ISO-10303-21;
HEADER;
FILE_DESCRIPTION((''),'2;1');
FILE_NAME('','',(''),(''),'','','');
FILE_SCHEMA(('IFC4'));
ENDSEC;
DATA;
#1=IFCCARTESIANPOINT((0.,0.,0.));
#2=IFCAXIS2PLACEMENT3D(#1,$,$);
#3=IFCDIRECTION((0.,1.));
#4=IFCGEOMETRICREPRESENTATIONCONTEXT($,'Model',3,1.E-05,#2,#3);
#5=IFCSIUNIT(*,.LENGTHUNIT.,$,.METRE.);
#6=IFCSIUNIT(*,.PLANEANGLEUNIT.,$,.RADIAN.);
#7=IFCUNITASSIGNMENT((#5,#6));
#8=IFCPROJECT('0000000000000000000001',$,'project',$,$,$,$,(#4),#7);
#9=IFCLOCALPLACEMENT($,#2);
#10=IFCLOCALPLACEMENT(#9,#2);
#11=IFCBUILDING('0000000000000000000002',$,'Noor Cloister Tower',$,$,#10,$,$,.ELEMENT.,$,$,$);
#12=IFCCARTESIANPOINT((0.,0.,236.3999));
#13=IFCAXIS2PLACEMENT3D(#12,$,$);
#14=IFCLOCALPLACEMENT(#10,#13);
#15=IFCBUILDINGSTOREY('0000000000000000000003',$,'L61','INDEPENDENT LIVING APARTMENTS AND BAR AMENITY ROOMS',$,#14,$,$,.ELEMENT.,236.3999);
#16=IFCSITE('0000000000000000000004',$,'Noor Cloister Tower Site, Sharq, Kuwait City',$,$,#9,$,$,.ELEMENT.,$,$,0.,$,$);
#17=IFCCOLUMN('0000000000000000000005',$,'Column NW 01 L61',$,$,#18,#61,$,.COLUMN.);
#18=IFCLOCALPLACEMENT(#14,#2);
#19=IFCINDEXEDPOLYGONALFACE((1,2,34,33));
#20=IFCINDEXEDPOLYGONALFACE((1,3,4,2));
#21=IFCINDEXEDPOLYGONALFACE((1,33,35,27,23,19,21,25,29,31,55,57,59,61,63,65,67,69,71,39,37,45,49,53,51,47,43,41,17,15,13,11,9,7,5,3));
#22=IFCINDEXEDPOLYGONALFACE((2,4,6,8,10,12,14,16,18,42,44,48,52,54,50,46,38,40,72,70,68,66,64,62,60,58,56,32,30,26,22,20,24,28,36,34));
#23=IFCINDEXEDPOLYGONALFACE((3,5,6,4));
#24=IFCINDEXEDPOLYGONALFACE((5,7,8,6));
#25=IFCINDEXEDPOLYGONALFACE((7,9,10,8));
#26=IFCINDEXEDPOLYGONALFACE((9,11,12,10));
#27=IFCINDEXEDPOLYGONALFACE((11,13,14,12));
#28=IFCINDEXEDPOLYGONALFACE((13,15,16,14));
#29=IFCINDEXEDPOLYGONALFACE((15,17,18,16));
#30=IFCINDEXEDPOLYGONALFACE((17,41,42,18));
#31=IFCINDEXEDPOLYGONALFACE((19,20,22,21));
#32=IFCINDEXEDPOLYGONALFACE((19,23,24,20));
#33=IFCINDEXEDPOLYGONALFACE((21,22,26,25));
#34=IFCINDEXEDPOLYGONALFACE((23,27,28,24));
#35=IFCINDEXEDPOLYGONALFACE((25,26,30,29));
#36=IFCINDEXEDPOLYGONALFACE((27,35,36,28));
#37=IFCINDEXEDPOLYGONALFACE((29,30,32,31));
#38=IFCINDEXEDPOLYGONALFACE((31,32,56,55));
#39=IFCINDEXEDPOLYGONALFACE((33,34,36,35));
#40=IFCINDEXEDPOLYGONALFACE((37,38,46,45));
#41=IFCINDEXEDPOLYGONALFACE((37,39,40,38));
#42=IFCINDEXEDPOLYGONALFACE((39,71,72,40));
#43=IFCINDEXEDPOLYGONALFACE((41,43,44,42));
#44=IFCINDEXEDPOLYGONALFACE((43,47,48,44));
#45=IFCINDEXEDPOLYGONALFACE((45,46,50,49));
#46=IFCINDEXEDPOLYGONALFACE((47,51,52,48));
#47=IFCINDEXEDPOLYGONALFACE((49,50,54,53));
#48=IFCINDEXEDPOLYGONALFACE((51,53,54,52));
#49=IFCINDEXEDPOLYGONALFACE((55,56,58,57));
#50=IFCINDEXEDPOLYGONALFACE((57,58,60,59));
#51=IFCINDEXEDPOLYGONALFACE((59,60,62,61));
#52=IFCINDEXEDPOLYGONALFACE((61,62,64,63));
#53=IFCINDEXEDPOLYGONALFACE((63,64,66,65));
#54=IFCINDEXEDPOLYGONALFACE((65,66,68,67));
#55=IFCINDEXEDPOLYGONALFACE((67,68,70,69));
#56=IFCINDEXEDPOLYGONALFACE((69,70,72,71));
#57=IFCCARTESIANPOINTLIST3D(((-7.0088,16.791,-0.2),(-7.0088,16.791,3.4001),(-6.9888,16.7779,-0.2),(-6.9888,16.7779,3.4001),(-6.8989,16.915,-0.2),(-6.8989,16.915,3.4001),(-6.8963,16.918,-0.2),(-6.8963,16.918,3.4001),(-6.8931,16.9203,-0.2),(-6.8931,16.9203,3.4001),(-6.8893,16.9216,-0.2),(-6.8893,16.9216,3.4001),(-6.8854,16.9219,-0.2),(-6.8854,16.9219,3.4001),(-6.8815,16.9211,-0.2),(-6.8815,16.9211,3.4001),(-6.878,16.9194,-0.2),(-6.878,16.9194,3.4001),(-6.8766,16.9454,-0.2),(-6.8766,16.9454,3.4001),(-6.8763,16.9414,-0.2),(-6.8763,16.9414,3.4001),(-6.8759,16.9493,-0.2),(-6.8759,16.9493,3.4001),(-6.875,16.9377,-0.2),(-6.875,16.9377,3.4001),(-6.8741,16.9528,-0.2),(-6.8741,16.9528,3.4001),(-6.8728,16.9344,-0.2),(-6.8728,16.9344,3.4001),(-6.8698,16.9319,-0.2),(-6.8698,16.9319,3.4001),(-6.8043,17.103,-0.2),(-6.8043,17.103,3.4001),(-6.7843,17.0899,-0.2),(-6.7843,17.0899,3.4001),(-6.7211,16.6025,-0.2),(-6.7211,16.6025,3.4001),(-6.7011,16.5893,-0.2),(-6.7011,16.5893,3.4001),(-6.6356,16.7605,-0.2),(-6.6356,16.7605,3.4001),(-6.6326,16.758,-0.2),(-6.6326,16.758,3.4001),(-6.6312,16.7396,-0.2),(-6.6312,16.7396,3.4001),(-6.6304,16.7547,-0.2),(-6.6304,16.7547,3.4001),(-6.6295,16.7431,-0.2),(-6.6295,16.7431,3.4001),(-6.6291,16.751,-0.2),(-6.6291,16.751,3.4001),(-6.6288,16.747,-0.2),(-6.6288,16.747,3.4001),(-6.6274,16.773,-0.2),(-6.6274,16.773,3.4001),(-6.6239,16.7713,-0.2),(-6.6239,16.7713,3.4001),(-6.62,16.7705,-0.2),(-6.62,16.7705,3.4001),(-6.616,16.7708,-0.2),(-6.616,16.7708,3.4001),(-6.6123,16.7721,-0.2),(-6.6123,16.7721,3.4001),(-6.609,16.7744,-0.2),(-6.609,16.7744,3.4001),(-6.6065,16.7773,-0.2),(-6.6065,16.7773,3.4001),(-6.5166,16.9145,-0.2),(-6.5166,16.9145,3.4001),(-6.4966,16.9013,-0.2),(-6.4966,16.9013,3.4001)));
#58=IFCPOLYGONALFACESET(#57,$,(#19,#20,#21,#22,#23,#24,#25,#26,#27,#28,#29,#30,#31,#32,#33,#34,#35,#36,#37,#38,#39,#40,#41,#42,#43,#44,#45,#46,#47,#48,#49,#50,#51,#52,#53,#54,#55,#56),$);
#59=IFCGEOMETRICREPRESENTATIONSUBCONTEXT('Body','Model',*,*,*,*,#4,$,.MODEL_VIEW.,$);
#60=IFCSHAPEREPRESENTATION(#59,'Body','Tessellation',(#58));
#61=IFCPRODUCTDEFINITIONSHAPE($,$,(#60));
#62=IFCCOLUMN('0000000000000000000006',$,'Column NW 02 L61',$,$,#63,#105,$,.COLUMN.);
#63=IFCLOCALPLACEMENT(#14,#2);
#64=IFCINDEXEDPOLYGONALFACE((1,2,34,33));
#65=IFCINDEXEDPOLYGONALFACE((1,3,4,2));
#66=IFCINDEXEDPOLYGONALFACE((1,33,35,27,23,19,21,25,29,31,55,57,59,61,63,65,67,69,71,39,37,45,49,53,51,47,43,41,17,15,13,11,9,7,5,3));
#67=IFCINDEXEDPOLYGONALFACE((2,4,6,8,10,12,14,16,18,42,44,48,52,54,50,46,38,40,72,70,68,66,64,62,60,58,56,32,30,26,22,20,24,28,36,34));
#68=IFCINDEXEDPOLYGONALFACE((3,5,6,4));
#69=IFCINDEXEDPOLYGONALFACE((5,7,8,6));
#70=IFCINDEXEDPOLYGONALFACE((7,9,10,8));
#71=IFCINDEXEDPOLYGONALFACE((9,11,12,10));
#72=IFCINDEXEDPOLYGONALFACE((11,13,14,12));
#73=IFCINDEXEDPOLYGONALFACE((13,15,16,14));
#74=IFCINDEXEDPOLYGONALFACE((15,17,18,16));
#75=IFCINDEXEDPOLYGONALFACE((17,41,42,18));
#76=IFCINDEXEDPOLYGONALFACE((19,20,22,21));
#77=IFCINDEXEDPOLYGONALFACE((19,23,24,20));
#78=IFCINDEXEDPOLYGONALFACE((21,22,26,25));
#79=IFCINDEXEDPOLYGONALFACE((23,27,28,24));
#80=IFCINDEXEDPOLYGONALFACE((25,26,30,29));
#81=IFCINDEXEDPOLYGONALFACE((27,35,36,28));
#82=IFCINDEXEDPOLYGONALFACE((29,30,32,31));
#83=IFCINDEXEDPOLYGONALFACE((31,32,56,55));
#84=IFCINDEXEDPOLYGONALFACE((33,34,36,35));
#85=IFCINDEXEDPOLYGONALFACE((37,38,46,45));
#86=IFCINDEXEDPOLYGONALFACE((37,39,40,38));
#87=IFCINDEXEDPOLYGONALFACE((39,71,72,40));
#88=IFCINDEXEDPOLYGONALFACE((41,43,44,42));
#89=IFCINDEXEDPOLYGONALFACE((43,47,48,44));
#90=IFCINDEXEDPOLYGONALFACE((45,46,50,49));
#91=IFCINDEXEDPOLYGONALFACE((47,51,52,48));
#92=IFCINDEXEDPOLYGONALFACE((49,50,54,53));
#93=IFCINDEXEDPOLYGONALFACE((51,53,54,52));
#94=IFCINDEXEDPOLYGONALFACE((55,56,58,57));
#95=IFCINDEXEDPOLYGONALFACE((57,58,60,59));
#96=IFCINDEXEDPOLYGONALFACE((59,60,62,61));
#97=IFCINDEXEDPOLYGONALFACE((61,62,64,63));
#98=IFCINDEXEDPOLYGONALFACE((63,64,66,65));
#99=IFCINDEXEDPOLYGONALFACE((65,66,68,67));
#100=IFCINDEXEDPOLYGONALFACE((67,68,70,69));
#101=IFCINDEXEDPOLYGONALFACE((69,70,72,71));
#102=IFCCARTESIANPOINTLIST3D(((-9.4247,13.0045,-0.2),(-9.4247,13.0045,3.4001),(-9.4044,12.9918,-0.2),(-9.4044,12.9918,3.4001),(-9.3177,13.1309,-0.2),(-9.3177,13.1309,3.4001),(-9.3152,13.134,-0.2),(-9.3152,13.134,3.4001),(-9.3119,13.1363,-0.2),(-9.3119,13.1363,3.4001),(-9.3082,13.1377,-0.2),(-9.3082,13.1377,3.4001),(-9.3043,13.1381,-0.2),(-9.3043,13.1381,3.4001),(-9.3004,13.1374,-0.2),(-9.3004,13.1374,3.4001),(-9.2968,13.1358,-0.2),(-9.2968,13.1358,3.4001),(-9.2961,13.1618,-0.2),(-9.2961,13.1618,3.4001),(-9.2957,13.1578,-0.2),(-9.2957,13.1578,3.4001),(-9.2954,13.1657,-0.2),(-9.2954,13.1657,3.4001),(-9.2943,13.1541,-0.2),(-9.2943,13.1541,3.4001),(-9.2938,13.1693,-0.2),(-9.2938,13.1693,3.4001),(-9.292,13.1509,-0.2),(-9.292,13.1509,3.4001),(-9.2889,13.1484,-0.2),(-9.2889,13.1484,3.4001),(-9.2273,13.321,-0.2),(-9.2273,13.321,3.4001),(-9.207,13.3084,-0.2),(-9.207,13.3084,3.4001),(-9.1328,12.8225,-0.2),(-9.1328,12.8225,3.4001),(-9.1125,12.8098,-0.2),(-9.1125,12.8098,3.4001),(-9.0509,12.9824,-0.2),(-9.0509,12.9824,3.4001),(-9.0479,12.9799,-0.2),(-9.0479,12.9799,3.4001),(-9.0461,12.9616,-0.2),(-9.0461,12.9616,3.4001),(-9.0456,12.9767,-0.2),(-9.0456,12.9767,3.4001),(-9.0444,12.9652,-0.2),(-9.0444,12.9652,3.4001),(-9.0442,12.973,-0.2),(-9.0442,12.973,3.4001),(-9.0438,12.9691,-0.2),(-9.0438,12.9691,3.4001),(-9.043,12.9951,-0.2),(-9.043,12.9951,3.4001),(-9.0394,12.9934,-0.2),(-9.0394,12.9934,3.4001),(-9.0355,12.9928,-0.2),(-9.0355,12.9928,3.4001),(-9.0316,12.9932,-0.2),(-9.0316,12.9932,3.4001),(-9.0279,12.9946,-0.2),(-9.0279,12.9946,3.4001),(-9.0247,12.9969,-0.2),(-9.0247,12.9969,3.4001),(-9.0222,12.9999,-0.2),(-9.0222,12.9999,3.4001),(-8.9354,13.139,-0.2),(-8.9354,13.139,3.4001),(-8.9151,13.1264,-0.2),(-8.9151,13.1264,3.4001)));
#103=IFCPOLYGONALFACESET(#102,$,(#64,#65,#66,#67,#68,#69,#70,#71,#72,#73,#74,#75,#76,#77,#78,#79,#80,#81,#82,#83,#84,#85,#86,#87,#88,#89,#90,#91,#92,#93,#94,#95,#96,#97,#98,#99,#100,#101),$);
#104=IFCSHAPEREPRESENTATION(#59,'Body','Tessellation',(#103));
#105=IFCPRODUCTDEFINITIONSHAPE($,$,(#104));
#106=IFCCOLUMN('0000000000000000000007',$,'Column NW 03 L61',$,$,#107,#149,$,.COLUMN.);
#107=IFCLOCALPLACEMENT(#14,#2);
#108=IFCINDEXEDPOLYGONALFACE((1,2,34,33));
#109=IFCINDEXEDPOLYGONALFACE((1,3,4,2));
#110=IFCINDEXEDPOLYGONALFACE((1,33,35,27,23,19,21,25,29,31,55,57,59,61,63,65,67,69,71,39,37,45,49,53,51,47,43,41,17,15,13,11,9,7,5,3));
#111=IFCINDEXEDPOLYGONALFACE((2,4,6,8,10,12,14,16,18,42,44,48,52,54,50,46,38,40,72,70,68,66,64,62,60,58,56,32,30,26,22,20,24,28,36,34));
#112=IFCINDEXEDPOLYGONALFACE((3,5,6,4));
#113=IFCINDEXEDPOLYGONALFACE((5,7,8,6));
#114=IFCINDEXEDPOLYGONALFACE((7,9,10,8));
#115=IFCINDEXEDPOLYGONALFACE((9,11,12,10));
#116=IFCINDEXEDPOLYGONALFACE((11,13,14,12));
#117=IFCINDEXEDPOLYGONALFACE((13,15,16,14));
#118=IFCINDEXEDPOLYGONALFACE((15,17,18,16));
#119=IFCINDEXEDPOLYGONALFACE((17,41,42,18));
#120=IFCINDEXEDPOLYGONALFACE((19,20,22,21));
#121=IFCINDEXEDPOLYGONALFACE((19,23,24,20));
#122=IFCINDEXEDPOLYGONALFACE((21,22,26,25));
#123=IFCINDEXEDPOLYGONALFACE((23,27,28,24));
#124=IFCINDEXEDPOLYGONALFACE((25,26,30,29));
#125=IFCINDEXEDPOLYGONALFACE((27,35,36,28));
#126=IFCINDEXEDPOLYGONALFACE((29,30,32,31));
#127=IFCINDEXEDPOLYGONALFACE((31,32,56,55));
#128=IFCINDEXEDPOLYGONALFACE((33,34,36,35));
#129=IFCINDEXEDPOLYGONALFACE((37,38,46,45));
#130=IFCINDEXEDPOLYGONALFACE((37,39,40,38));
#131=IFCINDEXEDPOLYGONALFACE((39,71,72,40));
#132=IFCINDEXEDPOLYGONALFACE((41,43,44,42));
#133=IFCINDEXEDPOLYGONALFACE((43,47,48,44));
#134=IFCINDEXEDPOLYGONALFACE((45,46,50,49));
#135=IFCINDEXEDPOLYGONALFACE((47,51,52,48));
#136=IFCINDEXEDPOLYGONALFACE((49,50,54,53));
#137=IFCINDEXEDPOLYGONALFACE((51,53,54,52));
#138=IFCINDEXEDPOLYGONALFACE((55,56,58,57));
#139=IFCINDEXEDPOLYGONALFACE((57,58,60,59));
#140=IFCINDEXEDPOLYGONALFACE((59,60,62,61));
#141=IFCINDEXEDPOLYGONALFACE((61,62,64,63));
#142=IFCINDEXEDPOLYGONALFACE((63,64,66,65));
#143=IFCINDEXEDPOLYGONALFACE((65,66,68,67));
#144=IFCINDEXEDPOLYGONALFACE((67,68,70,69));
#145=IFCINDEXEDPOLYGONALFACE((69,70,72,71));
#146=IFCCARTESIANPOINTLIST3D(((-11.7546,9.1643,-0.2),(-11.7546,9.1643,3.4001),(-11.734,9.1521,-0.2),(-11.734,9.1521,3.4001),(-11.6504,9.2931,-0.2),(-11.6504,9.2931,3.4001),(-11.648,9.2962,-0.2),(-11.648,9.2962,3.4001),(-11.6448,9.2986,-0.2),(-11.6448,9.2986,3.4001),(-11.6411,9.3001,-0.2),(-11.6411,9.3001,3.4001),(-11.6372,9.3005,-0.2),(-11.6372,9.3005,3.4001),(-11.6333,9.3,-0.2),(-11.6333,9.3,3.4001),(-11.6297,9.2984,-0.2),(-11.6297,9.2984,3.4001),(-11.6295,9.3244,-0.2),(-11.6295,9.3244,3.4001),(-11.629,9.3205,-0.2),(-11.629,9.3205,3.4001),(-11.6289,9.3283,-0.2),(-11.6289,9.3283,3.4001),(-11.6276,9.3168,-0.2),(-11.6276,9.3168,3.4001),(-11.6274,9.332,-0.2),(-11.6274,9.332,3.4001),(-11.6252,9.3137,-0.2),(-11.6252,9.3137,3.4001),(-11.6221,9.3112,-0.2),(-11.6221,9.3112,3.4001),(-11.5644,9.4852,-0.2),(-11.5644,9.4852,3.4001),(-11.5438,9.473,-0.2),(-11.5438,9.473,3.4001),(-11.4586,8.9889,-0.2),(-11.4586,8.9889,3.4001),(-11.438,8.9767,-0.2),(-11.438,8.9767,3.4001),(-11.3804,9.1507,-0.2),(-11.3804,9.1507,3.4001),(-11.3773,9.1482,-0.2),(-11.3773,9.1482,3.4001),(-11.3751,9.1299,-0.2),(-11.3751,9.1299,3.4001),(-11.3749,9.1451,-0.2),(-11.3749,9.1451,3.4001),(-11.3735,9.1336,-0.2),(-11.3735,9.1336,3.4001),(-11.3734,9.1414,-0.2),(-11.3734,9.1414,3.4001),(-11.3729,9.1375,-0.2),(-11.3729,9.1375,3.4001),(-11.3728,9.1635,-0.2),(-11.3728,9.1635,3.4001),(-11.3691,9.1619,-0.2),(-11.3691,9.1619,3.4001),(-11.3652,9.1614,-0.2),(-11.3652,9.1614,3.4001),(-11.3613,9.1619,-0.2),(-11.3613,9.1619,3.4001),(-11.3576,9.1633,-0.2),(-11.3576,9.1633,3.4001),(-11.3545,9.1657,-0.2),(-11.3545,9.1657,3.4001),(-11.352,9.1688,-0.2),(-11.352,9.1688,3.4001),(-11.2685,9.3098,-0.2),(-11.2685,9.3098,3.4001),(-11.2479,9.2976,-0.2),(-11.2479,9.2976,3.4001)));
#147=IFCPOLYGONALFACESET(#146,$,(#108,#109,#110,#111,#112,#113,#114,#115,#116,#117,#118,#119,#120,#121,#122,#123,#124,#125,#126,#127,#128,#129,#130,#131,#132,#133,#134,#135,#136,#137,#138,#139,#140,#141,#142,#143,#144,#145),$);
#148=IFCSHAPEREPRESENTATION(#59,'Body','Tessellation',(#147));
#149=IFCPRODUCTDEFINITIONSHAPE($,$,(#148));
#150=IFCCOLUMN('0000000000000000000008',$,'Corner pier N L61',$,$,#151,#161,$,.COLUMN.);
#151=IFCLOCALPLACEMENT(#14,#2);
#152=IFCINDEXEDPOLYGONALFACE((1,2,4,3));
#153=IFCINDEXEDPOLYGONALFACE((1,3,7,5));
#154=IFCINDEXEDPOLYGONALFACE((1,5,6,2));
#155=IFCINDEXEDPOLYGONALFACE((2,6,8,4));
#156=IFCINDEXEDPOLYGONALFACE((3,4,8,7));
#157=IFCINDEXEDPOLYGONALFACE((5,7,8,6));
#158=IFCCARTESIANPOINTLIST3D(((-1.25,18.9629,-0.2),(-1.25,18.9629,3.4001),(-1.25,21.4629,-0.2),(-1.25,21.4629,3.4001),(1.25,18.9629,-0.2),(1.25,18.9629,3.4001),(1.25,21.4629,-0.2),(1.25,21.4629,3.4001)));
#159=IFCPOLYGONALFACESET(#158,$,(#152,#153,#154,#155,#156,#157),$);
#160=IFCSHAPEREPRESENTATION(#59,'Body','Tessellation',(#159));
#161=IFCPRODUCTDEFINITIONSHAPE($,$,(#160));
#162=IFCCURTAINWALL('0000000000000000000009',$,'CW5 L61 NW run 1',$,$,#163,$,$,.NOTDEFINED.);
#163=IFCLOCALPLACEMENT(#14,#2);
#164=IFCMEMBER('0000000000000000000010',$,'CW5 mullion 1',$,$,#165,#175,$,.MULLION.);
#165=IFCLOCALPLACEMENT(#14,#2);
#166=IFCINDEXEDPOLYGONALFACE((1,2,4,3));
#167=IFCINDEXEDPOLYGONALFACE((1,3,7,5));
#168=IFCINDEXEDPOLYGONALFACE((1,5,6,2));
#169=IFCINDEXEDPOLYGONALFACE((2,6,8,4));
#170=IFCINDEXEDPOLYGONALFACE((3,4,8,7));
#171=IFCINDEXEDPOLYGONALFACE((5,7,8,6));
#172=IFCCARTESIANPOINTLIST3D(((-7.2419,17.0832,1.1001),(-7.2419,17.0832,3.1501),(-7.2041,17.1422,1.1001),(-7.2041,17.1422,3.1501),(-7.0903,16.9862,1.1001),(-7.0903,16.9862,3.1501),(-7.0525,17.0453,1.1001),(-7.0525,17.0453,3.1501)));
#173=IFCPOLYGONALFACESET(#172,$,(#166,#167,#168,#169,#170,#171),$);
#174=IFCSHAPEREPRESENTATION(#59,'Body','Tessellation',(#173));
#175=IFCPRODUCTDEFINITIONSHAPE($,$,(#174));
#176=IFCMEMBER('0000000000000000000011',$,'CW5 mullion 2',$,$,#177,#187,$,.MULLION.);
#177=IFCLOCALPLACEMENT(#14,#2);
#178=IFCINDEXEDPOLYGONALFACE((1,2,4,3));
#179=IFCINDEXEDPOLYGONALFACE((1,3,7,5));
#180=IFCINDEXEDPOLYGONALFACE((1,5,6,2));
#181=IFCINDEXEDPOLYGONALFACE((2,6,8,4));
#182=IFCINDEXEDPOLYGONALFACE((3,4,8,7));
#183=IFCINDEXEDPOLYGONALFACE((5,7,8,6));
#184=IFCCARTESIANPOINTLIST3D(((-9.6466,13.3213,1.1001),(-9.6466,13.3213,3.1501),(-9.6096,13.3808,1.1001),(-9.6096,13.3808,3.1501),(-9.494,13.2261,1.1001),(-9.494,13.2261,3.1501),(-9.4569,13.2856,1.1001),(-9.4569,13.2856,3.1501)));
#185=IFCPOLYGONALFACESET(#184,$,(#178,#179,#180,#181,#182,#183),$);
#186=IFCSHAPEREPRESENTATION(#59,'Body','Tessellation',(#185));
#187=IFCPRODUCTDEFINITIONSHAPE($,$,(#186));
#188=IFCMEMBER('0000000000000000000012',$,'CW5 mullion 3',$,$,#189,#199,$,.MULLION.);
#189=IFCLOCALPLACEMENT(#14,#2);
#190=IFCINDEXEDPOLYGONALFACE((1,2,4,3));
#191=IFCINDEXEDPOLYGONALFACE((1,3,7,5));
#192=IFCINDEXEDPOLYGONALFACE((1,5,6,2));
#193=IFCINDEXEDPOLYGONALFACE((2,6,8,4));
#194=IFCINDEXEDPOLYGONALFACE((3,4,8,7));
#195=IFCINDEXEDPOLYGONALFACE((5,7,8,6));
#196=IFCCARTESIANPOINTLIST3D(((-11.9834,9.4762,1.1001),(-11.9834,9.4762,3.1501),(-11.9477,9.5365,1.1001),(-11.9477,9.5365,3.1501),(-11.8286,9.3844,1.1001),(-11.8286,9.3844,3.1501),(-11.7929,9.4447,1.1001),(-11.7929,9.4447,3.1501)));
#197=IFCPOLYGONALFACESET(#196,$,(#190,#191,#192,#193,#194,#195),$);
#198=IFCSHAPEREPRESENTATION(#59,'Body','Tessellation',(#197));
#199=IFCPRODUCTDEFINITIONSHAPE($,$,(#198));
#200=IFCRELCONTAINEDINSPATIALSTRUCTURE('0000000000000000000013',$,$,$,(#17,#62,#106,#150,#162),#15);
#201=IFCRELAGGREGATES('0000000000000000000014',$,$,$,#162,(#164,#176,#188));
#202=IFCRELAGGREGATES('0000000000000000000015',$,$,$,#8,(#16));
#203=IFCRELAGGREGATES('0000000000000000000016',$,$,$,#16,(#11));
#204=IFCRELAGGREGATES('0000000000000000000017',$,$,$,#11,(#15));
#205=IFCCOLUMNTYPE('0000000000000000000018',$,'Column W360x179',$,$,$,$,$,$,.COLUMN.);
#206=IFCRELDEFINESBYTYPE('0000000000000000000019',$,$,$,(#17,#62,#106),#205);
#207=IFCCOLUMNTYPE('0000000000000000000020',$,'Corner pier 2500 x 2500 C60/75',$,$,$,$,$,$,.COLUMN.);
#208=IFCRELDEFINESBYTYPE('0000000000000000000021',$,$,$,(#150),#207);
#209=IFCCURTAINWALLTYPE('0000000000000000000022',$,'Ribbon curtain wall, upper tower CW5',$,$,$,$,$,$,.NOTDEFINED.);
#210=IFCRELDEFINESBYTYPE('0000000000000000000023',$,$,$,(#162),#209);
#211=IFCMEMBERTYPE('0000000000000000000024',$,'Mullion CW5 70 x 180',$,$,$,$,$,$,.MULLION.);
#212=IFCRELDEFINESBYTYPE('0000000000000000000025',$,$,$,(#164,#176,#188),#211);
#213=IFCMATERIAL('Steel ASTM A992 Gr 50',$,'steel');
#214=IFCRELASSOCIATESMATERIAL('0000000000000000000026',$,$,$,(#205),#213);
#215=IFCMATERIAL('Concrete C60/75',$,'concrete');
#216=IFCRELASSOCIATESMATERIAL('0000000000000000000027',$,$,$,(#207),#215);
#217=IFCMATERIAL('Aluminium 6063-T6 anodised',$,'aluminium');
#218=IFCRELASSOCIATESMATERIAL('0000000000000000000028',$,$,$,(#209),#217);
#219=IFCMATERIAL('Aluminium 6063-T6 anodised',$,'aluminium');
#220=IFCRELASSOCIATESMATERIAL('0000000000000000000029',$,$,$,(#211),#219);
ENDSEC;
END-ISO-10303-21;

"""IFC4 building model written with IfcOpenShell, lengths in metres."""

from ifc_helpers import new_model, si_unit, direction, frame, origin, origin_2d, place, context, subcontext, project, spatial, rectangle, i_section, extrude, material, material_profile, profile_set, type_object, element, aggregate, save


model = new_model("IFC4")

# Units and contexts
model_context = context("Model", 3, precision=1e-05, world=origin(), true_north=direction((0.0, 1.0)))
body_context = subcontext(model_context, "Body", "Model", "MODEL_VIEW")
ifc_project = project(units=[si_unit("LENGTHUNIT", "METRE"), si_unit("PLANEANGLEUNIT", "RADIAN")], contexts=[model_context])

# Site, building, storey
site_placement = place(None, origin())
site = spatial("IfcSite", under=ifc_project, at=site_placement, Name="Noor Cloister Tower Site, Sharq, Kuwait City", CompositionType="ELEMENT", RefElevation=0.0)
building_placement = place(site_placement, origin())
building = spatial("IfcBuilding", under=site, at=building_placement, Name="Noor Cloister Tower", CompositionType="ELEMENT")
storey_placement = place(building_placement, frame((0.0, 0.0, 236.3999)))
storey = spatial("IfcBuildingStorey", under=building, at=storey_placement, Name="L61", Description="INDEPENDENT LIVING APARTMENTS AND BAR AMENITY ROOMS", CompositionType="ELEMENT", Elevation=236.3999)

# Columns
ifc_material_1 = material(Name="Steel ASTM A992 Gr 50", Category="steel")
ifc_material_profile_1 = material_profile(ifc_material_1, i_section(OverallWidth=0.373, OverallDepth=0.3679, WebThickness=0.0149, FlangeThickness=0.0239, FilletRadius=0.0151, at=origin_2d()), Name="W360x179")
ifc_profile_set_1 = profile_set([ifc_material_profile_1], Name="Steel ASTM A992 Gr 50")
column_type_1 = type_object("IfcColumnType", Name="Column W360x179", PredefinedType="COLUMN", material=ifc_profile_set_1)
for number, where, z_axis, x_axis, name in (
    (1, (-6.7527, 16.8462, -0.2), (0.0, 0.0, 1.0), (-0.548212, -0.836339, 0.0), "Column NW 01 L61"),
    (2, (-9.1699, 13.0654, -0.2), (0.0, 0.0, 1.0), (-0.52913, -0.848541, 0.0), "Column NW 02 L61"),
    (3, (-11.5012, 9.231, -0.2), (0.0, 0.0, 1.0), (-0.509776, -0.860307, 0.0), "Column NW 03 L61"),
):
    element("IfcColumn", number, at=place(storey_placement, frame(where, z_axis=z_axis, x_axis=x_axis)), inside=storey, type_object=column_type_1, Name=name, PredefinedType="COLUMN", context=body_context, shape_type="SweptSolid", body=[
        extrude(i_section(OverallWidth=0.373, OverallDepth=0.3679, WebThickness=0.0149, FlangeThickness=0.0239, FilletRadius=0.0151, at=origin_2d()), origin(), (0.0, 0.0, 1.0), 3.6001),
    ])
ifc_material_2 = material(Name="Concrete C60/75", Category="concrete")
ifc_material_profile_2 = material_profile(ifc_material_2, rectangle(XDim=2.5, YDim=2.5, at=origin_2d()), Name="RC 2500x2500")
ifc_profile_set_2 = profile_set([ifc_material_profile_2], Name="Concrete C60/75")
column_type_2 = type_object("IfcColumnType", Name="Corner pier 2500 x 2500 C60/75", PredefinedType="COLUMN", material=ifc_profile_set_2)
column_placement = place(storey_placement, frame((0.0, 20.2129, -0.2), z_axis=(0.0, 0.0, 1.0), x_axis=(0.0, 1.0, 0.0)))
element("IfcColumn", 4, at=column_placement, inside=storey, type_object=column_type_2, Name="Corner pier N L61", PredefinedType="COLUMN", context=body_context, shape_type="SweptSolid", body=[
    extrude(rectangle(XDim=2.5, YDim=2.5, at=origin_2d()), origin(), (0.0, 0.0, 1.0), 3.6001),
])

# Curtain wall, members
ifc_material_3 = material(Name="Aluminium 6063-T6 anodised", Category="aluminium")
curtain_wall_type = type_object("IfcCurtainWallType", Name="Ribbon curtain wall, upper tower CW5", PredefinedType="NOTDEFINED", material=ifc_material_3)
curtain_wall_placement = place(storey_placement, origin())
curtain_wall = element("IfcCurtainWall", 5, at=curtain_wall_placement, inside=storey, type_object=curtain_wall_type, Name="CW5 L61 NW run 1", PredefinedType="NOTDEFINED")
ifc_material_4 = material(Name="Aluminium 6063-T6 anodised", Category="aluminium")
ifc_material_profile_3 = material_profile(ifc_material_4, rectangle(XDim=0.1799, YDim=0.0701, at=origin_2d()), Name="180 x 70 mullion")
ifc_profile_set_3 = profile_set([ifc_material_profile_3], Name="Aluminium 6063-T6 anodised")
member_type = type_object("IfcMemberType", Name="Mullion CW5 70 x 180", PredefinedType="MULLION", material=ifc_profile_set_3)
member_1_placement = place(storey_placement, frame((-7.1472, 17.0642, 1.1001), z_axis=(0.0, 0.0, 1.0), x_axis=(0.842494, -0.538705, 0.0)))
member_1 = element("IfcMember", 6, at=member_1_placement, type_object=member_type, Name="CW5 mullion 1", PredefinedType="MULLION", context=body_context, shape_type="SweptSolid", body=[
    extrude(rectangle(XDim=0.1799, YDim=0.0701, at=origin_2d()), origin(), (0.0, 0.0, 1.0), 2.05),
])
member_2_placement = place(storey_placement, frame((-9.5518, 13.3035, 1.1001), z_axis=(0.0, 0.0, 1.0), x_axis=(0.848541, -0.52913, 0.0)))
member_2 = element("IfcMember", 7, at=member_2_placement, type_object=member_type, Name="CW5 mullion 2", PredefinedType="MULLION", context=body_context, shape_type="SweptSolid", body=[
    extrude(rectangle(XDim=0.1799, YDim=0.0701, at=origin_2d()), origin(), (0.0, 0.0, 1.0), 2.05),
])
member_3_placement = place(storey_placement, frame((-11.8882, 9.4604, 1.1001), z_axis=(0.0, 0.0, 1.0), x_axis=(0.860307, -0.509776, 0.0)))
member_3 = element("IfcMember", 8, at=member_3_placement, type_object=member_type, Name="CW5 mullion 3", PredefinedType="MULLION", context=body_context, shape_type="SweptSolid", body=[
    extrude(rectangle(XDim=0.1799, YDim=0.0701, at=origin_2d()), origin(), (0.0, 0.0, 1.0), 2.05),
])

aggregate(curtain_wall, [member_1, member_2, member_3])

save(model, "model.ifc")
